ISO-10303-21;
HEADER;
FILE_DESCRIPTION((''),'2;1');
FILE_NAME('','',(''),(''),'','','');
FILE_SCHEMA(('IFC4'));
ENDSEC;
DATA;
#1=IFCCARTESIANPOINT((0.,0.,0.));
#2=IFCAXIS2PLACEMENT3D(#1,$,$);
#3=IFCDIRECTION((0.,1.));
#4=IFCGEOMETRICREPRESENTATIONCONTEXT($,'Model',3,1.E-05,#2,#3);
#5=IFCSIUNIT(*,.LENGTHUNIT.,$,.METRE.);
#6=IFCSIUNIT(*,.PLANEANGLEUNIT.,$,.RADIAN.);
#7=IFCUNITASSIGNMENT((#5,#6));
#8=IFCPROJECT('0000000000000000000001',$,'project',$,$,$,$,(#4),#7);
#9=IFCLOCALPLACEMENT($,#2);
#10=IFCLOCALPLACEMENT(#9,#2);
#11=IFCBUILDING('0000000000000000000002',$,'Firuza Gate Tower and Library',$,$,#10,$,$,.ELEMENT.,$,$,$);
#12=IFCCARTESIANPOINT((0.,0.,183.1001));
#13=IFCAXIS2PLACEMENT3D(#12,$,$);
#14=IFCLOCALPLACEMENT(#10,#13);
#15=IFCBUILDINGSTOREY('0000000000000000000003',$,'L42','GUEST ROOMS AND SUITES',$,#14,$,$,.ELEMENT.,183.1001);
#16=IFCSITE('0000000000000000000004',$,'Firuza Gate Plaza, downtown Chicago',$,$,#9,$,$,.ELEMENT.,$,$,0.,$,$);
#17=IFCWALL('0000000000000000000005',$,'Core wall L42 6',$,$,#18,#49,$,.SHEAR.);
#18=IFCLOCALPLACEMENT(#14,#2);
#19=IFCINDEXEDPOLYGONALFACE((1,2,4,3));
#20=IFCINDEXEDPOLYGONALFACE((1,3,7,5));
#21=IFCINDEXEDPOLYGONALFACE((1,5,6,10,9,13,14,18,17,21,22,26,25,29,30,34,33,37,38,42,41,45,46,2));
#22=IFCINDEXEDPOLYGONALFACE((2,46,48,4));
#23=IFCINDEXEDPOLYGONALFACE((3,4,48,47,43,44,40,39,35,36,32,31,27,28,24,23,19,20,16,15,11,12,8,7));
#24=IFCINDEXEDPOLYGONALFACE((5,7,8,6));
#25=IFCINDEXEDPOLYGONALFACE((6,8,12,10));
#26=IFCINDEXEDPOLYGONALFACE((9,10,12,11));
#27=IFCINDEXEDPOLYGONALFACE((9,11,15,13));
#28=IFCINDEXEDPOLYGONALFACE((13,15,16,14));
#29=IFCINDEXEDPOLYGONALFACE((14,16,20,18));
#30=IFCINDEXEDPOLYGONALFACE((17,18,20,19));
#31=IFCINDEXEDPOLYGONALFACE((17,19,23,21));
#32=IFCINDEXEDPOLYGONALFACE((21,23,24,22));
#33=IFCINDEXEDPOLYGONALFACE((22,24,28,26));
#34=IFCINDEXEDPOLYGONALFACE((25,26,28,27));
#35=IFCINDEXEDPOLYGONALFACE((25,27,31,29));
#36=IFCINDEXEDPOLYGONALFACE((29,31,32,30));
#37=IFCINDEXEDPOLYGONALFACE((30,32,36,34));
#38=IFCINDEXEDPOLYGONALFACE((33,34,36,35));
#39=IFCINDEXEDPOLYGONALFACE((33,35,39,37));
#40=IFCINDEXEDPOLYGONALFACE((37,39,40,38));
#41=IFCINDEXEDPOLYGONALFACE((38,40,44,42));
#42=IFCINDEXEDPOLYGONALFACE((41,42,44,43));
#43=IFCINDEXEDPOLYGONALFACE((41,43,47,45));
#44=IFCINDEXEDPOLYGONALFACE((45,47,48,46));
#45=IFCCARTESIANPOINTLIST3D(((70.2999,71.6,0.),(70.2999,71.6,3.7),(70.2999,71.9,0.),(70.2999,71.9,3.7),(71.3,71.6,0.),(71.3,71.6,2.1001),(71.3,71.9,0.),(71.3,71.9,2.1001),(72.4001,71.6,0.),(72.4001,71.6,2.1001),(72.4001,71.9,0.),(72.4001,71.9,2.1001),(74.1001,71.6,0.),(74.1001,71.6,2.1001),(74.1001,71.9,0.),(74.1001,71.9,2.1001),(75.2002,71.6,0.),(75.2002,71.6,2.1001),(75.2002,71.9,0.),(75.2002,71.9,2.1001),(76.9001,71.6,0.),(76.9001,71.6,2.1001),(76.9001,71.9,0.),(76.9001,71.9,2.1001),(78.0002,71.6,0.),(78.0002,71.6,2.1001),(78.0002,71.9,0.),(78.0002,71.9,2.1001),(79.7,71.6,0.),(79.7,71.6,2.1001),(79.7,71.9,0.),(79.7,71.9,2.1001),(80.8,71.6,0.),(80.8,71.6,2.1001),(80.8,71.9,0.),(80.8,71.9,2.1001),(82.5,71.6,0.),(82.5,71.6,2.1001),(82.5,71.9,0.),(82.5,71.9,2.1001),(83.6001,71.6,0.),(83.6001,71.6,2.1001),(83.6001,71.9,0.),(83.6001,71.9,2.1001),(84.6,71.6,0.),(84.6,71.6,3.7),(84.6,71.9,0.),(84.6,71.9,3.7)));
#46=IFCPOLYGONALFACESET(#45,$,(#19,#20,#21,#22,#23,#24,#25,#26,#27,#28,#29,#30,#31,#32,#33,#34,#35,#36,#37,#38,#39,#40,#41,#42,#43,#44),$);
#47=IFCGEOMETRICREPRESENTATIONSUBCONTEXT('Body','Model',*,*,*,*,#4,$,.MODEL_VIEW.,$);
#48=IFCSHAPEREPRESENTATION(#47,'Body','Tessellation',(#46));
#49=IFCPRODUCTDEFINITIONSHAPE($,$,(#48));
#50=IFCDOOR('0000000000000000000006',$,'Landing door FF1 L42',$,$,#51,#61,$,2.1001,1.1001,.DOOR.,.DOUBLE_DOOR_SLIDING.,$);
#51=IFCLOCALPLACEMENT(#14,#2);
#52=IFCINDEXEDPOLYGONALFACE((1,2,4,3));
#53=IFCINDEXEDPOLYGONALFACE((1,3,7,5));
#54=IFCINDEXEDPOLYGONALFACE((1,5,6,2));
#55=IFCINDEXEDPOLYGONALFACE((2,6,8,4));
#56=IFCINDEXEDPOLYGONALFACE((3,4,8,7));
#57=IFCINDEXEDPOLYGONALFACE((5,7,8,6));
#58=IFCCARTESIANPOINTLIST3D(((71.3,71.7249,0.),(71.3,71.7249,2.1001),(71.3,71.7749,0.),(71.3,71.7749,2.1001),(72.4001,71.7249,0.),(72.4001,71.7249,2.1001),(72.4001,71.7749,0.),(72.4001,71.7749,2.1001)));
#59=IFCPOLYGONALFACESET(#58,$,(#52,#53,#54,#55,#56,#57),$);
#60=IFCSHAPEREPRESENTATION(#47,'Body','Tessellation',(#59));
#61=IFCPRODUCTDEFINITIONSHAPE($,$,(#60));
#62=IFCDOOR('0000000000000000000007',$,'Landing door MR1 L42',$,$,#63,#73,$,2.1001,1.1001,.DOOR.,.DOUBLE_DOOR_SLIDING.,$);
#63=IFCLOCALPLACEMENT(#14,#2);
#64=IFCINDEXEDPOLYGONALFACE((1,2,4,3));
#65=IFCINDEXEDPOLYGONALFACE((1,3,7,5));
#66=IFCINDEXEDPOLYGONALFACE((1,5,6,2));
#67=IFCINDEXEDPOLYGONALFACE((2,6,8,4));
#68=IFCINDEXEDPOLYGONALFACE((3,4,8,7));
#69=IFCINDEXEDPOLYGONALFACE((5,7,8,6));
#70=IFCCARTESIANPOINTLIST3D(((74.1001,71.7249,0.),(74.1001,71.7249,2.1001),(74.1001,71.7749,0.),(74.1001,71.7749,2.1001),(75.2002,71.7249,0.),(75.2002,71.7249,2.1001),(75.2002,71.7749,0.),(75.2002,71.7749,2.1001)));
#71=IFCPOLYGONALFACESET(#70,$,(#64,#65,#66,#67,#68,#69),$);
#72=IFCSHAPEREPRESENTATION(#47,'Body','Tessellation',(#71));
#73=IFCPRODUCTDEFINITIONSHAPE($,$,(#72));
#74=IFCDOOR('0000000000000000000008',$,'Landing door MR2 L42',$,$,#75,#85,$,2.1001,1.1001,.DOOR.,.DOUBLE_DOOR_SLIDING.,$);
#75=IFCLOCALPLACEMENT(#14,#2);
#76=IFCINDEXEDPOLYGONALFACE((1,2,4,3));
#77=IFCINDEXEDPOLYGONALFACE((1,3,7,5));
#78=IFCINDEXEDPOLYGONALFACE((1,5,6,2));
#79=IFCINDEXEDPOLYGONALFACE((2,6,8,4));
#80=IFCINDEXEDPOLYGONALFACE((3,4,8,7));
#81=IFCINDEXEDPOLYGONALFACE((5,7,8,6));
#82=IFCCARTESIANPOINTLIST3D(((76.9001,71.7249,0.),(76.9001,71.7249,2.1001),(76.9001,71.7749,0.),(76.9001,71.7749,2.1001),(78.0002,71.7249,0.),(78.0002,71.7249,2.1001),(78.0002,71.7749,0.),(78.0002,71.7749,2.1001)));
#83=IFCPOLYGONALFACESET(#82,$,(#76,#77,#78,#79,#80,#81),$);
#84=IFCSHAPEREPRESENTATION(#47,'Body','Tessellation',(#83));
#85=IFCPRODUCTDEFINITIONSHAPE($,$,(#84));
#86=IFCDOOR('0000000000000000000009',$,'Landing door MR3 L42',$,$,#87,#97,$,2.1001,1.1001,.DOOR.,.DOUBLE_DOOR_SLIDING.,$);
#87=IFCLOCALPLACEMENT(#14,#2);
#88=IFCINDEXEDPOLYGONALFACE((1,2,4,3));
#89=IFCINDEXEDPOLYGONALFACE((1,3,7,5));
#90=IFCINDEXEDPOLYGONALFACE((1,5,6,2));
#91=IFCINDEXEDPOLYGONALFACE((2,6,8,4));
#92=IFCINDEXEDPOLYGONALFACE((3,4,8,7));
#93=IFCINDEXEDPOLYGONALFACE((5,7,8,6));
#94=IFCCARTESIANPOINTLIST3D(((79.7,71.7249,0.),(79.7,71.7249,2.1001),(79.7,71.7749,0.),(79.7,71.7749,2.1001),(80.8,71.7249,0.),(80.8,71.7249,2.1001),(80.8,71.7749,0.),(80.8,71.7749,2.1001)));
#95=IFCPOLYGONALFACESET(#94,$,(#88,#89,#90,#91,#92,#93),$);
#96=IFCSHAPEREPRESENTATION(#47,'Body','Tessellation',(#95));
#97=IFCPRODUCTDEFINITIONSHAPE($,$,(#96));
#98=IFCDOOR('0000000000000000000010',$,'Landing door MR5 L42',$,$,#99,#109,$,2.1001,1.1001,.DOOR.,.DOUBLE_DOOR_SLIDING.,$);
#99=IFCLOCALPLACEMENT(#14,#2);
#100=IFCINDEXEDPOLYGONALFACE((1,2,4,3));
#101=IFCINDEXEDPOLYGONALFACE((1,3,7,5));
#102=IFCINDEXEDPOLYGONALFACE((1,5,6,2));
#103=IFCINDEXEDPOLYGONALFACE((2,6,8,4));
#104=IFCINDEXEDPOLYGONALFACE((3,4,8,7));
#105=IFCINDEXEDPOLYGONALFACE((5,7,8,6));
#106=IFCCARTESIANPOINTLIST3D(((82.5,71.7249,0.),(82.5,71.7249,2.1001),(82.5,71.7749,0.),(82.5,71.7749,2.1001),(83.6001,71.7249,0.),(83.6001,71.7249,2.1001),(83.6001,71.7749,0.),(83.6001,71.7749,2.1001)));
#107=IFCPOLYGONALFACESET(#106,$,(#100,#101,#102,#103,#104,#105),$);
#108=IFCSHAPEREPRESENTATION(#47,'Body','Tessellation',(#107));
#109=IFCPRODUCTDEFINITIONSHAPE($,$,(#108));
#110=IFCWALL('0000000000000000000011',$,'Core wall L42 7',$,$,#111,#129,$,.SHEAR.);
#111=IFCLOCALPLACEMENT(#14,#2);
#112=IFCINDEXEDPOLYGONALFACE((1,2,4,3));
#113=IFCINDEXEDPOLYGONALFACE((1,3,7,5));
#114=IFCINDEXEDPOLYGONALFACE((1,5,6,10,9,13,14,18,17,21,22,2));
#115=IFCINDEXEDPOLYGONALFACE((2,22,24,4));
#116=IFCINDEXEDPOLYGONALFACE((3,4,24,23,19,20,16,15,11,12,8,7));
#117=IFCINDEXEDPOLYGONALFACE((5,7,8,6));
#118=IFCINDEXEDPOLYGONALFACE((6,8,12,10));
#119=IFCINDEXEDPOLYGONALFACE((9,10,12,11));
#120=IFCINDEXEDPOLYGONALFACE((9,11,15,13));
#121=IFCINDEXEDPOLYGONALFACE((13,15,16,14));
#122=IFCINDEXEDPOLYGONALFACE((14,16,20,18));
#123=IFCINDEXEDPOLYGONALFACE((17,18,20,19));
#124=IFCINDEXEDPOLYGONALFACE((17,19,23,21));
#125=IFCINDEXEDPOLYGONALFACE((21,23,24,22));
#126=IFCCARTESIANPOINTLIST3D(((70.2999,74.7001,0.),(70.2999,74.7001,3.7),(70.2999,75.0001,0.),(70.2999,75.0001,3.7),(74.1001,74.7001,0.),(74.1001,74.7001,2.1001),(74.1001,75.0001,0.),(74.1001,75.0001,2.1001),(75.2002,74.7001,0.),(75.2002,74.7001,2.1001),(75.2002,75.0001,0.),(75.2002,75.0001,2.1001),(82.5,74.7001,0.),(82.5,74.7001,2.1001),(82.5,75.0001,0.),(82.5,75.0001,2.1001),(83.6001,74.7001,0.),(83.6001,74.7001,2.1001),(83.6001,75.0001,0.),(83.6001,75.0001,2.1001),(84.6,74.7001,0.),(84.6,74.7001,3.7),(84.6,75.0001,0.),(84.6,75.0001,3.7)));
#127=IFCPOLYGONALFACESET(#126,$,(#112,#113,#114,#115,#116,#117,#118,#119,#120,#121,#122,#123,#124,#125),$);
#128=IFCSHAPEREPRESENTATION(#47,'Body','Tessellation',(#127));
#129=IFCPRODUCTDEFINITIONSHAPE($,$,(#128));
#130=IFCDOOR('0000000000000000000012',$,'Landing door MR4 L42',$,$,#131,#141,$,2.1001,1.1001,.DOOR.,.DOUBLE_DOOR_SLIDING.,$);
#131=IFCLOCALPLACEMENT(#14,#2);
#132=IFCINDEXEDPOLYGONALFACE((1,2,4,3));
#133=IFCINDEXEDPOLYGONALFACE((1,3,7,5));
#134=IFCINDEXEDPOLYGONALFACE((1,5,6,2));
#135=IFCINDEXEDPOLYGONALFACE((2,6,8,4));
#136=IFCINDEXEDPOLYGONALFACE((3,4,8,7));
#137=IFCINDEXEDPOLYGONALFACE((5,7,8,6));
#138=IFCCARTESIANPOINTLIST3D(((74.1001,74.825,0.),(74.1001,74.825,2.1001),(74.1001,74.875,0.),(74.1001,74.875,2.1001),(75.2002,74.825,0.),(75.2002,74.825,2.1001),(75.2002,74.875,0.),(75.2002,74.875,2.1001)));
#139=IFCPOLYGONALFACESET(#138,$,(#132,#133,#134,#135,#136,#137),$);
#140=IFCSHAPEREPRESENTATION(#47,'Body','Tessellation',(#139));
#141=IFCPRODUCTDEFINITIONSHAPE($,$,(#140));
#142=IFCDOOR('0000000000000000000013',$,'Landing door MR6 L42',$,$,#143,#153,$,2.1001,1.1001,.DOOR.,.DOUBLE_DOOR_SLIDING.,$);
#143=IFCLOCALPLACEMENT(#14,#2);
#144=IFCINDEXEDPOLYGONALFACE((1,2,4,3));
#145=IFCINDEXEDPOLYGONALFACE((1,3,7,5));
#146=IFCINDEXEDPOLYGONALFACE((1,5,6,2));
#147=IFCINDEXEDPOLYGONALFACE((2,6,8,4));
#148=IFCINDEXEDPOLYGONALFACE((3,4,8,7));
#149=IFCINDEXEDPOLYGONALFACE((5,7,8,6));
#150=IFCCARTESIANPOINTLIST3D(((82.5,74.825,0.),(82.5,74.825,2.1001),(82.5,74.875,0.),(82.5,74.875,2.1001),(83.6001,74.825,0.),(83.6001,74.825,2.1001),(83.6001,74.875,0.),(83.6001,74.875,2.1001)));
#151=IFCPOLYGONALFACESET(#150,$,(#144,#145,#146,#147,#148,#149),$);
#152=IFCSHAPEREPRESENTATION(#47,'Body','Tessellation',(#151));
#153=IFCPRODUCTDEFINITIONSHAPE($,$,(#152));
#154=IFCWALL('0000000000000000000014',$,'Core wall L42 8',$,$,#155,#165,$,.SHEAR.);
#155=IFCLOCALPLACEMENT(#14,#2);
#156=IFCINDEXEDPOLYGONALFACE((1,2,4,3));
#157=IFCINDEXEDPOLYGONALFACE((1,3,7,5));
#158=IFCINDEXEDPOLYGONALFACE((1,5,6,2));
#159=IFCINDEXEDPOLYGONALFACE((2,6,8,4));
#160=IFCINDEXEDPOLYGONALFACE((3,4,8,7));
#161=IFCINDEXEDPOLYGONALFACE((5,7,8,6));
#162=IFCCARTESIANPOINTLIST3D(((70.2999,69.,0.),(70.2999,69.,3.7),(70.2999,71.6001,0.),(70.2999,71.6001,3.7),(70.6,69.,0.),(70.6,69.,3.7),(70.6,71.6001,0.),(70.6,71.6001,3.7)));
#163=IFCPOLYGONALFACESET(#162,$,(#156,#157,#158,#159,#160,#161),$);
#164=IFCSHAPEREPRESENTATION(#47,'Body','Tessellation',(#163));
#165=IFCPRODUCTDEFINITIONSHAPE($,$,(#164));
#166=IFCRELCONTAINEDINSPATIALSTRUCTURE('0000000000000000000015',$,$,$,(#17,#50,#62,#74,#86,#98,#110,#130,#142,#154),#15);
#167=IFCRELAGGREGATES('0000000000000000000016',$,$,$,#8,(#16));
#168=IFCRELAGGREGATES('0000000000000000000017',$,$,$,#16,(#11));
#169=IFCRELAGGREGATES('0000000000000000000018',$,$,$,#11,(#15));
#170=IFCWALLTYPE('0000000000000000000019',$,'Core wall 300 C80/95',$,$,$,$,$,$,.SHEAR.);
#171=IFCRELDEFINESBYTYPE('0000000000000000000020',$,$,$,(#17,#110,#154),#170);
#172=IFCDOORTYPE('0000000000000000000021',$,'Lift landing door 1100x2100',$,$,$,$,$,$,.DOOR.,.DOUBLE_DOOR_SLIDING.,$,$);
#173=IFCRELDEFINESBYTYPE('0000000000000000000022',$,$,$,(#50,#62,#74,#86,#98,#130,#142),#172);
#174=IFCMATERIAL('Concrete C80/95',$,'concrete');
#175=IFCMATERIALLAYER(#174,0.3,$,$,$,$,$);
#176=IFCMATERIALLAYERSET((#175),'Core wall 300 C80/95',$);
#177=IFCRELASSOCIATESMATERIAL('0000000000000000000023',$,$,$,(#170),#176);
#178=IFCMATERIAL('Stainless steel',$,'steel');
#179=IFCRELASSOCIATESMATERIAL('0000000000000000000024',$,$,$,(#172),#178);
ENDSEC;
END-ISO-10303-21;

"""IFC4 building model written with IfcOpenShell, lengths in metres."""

from ifc_helpers import new_model, si_unit, direction, frame, frame_2d, origin, place, context, subcontext, project, spatial, rectangle, extrude, material, layer, layer_set, type_object, element, fill, save


model = new_model("IFC4")

# Units and contexts
model_context = context("Model", 3, precision=1e-05, world=origin(), true_north=direction((0.0, 1.0)))
body_context = subcontext(model_context, "Body", "Model", "MODEL_VIEW")
ifc_project = project(units=[si_unit("LENGTHUNIT", "METRE"), si_unit("PLANEANGLEUNIT", "RADIAN")], contexts=[model_context])

# Site, building, storey
site_placement = place(None, origin())
site = spatial("IfcSite", under=ifc_project, at=site_placement, Name="Firuza Gate Plaza, downtown Chicago", CompositionType="ELEMENT", RefElevation=0.0)
building_placement = place(site_placement, origin())
building = spatial("IfcBuilding", under=site, at=building_placement, Name="Firuza Gate Tower and Library", CompositionType="ELEMENT")
storey_placement = place(building_placement, frame((0.0, 0.0, 183.1001)))
storey = spatial("IfcBuildingStorey", under=building, at=storey_placement, Name="L42", Description="GUEST ROOMS AND SUITES", CompositionType="ELEMENT", Elevation=183.1001)

# Shared definitions
ifc_material_1 = material(Name="Concrete C80/95", Category="concrete")
ifc_layer_1 = layer(ifc_material_1, 0.3)
ifc_layer_set_1 = layer_set([ifc_layer_1], Name="Core wall 300 C80/95")
wall_type_1 = type_object("IfcWallType", Name="Core wall 300 C80/95", PredefinedType="SHEAR", material=ifc_layer_set_1)

# Walls, openings, doors
wall_1_placement = place(storey_placement, frame((70.3, 71.75, 0.0), z_axis=(0.0, 0.0, 1.0), x_axis=(1.0, 0.0, 0.0)))
wall_1 = element("IfcWall", 1, at=wall_1_placement, inside=storey, type_object=wall_type_1, Name="Core wall L42 6", PredefinedType="SHEAR", context=body_context, shape_type="SweptSolid", body=[
    extrude(rectangle(XDim=14.3, YDim=0.3, at=frame_2d((7.1499, 0.0))), origin(), (0.0, 0.0, 1.0), 3.7),
])
opening_1_placement = place(wall_1_placement, frame((1.0, 0.0, 0.0)))
opening_1 = element("IfcOpeningElement", 2, at=opening_1_placement, cuts=wall_1, PredefinedType="OPENING", context=body_context, shape_type="SweptSolid", body=[
    extrude(rectangle(XDim=1.1001, YDim=2.1001, at=frame_2d((0.55, 1.05))), frame((0.0, 0.1602, 0.0), z_axis=(0.0, -1.0, 0.0), x_axis=(1.0, 0.0, 0.0)), (0.0, 0.0, 1.0), 0.3201),
])
opening_2_placement = place(wall_1_placement, frame((3.8, 0.0, 0.0)))
opening_2 = element("IfcOpeningElement", 3, at=opening_2_placement, cuts=wall_1, PredefinedType="OPENING", context=body_context, shape_type="SweptSolid", body=[
    extrude(rectangle(XDim=1.1001, YDim=2.1001, at=frame_2d((0.55, 1.05))), frame((0.0, 0.1602, 0.0), z_axis=(0.0, -1.0, 0.0), x_axis=(1.0, 0.0, 0.0)), (0.0, 0.0, 1.0), 0.3201),
])
opening_3_placement = place(wall_1_placement, frame((6.6001, 0.0, 0.0)))
opening_3 = element("IfcOpeningElement", 4, at=opening_3_placement, cuts=wall_1, PredefinedType="OPENING", context=body_context, shape_type="SweptSolid", body=[
    extrude(rectangle(XDim=1.1001, YDim=2.1001, at=frame_2d((0.55, 1.05))), frame((0.0, 0.1602, 0.0), z_axis=(0.0, -1.0, 0.0), x_axis=(1.0, 0.0, 0.0)), (0.0, 0.0, 1.0), 0.3201),
])
opening_4_placement = place(wall_1_placement, frame((9.3999, 0.0, 0.0)))
opening_4 = element("IfcOpeningElement", 5, at=opening_4_placement, cuts=wall_1, PredefinedType="OPENING", context=body_context, shape_type="SweptSolid", body=[
    extrude(rectangle(XDim=1.1001, YDim=2.1001, at=frame_2d((0.55, 1.05))), frame((0.0, 0.1602, 0.0), z_axis=(0.0, -1.0, 0.0), x_axis=(1.0, 0.0, 0.0)), (0.0, 0.0, 1.0), 0.3201),
])
opening_5_placement = place(wall_1_placement, frame((12.2, 0.0, 0.0)))
opening_5 = element("IfcOpeningElement", 6, at=opening_5_placement, cuts=wall_1, PredefinedType="OPENING", context=body_context, shape_type="SweptSolid", body=[
    extrude(rectangle(XDim=1.1001, YDim=2.1001, at=frame_2d((0.55, 1.05))), frame((0.0, 0.1602, 0.0), z_axis=(0.0, -1.0, 0.0), x_axis=(1.0, 0.0, 0.0)), (0.0, 0.0, 1.0), 0.3201),
])
ifc_material_2 = material(Name="Stainless steel", Category="steel")
door_type_1 = type_object("IfcDoorType", Name="Lift landing door 1100x2100", OperationType="DOUBLE_DOOR_SLIDING", PredefinedType="DOOR", material=ifc_material_2)
door_1_placement = place(opening_1_placement, origin())
door_1 = element("IfcDoor", 7, at=door_1_placement, inside=storey, type_object=door_type_1, Name="Landing door FF1 L42", OperationType="DOUBLE_DOOR_SLIDING", OverallHeight=2.1001, OverallWidth=1.1001, PredefinedType="DOOR", context=body_context, shape_type="SweptSolid", body=[
    extrude(rectangle(XDim=1.1001, YDim=2.1001, at=frame_2d((0.55, 1.05))), frame((0.0, 0.0249, 0.0), z_axis=(0.0, -1.0, 0.0), x_axis=(1.0, 0.0, 0.0)), (0.0, 0.0, 1.0), 0.05),
])
fill(opening_1, door_1)
door_2_placement = place(opening_2_placement, origin())
door_2 = element("IfcDoor", 8, at=door_2_placement, inside=storey, type_object=door_type_1, Name="Landing door MR1 L42", OperationType="DOUBLE_DOOR_SLIDING", OverallHeight=2.1001, OverallWidth=1.1001, PredefinedType="DOOR", context=body_context, shape_type="SweptSolid", body=[
    extrude(rectangle(XDim=1.1001, YDim=2.1001, at=frame_2d((0.55, 1.05))), frame((0.0, 0.0249, 0.0), z_axis=(0.0, -1.0, 0.0), x_axis=(1.0, 0.0, 0.0)), (0.0, 0.0, 1.0), 0.05),
])
fill(opening_2, door_2)
door_3_placement = place(opening_3_placement, origin())
door_3 = element("IfcDoor", 9, at=door_3_placement, inside=storey, type_object=door_type_1, Name="Landing door MR2 L42", OperationType="DOUBLE_DOOR_SLIDING", OverallHeight=2.1001, OverallWidth=1.1001, PredefinedType="DOOR", context=body_context, shape_type="SweptSolid", body=[
    extrude(rectangle(XDim=1.1001, YDim=2.1001, at=frame_2d((0.55, 1.05))), frame((0.0, 0.0249, 0.0), z_axis=(0.0, -1.0, 0.0), x_axis=(1.0, 0.0, 0.0)), (0.0, 0.0, 1.0), 0.05),
])
fill(opening_3, door_3)
door_4_placement = place(opening_4_placement, origin())
door_4 = element("IfcDoor", 10, at=door_4_placement, inside=storey, type_object=door_type_1, Name="Landing door MR3 L42", OperationType="DOUBLE_DOOR_SLIDING", OverallHeight=2.1001, OverallWidth=1.1001, PredefinedType="DOOR", context=body_context, shape_type="SweptSolid", body=[
    extrude(rectangle(XDim=1.1001, YDim=2.1001, at=frame_2d((0.55, 1.05))), frame((0.0, 0.0249, 0.0), z_axis=(0.0, -1.0, 0.0), x_axis=(1.0, 0.0, 0.0)), (0.0, 0.0, 1.0), 0.05),
])
fill(opening_4, door_4)
door_5_placement = place(opening_5_placement, origin())
door_5 = element("IfcDoor", 11, at=door_5_placement, inside=storey, type_object=door_type_1, Name="Landing door MR5 L42", OperationType="DOUBLE_DOOR_SLIDING", OverallHeight=2.1001, OverallWidth=1.1001, PredefinedType="DOOR", context=body_context, shape_type="SweptSolid", body=[
    extrude(rectangle(XDim=1.1001, YDim=2.1001, at=frame_2d((0.55, 1.05))), frame((0.0, 0.0249, 0.0), z_axis=(0.0, -1.0, 0.0), x_axis=(1.0, 0.0, 0.0)), (0.0, 0.0, 1.0), 0.05),
])
fill(opening_5, door_5)
wall_2_placement = place(storey_placement, frame((70.3, 74.8501, 0.0), z_axis=(0.0, 0.0, 1.0), x_axis=(1.0, 0.0, 0.0)))
wall_2 = element("IfcWall", 12, at=wall_2_placement, inside=storey, type_object=wall_type_1, Name="Core wall L42 7", PredefinedType="SHEAR", context=body_context, shape_type="SweptSolid", body=[
    extrude(rectangle(XDim=14.3, YDim=0.3, at=frame_2d((7.1499, 0.0))), origin(), (0.0, 0.0, 1.0), 3.7),
])
opening_6_placement = place(wall_2_placement, frame((3.8, 0.0, 0.0)))
opening_6 = element("IfcOpeningElement", 13, at=opening_6_placement, cuts=wall_2, PredefinedType="OPENING", context=body_context, shape_type="SweptSolid", body=[
    extrude(rectangle(XDim=1.1001, YDim=2.1001, at=frame_2d((0.55, 1.05))), frame((0.0, 0.1602, 0.0), z_axis=(0.0, -1.0, 0.0), x_axis=(1.0, 0.0, 0.0)), (0.0, 0.0, 1.0), 0.3201),
])
opening_7_placement = place(wall_2_placement, frame((12.2, 0.0, 0.0)))
opening_7 = element("IfcOpeningElement", 14, at=opening_7_placement, cuts=wall_2, PredefinedType="OPENING", context=body_context, shape_type="SweptSolid", body=[
    extrude(rectangle(XDim=1.1001, YDim=2.1001, at=frame_2d((0.55, 1.05))), frame((0.0, 0.1602, 0.0), z_axis=(0.0, -1.0, 0.0), x_axis=(1.0, 0.0, 0.0)), (0.0, 0.0, 1.0), 0.3201),
])
door_6_placement = place(opening_6_placement, origin())
door_6 = element("IfcDoor", 15, at=door_6_placement, inside=storey, type_object=door_type_1, Name="Landing door MR4 L42", OperationType="DOUBLE_DOOR_SLIDING", OverallHeight=2.1001, OverallWidth=1.1001, PredefinedType="DOOR", context=body_context, shape_type="SweptSolid", body=[
    extrude(rectangle(XDim=1.1001, YDim=2.1001, at=frame_2d((0.55, 1.05))), frame((0.0, 0.0249, 0.0), z_axis=(0.0, -1.0, 0.0), x_axis=(1.0, 0.0, 0.0)), (0.0, 0.0, 1.0), 0.05),
])
fill(opening_6, door_6)
door_7_placement = place(opening_7_placement, origin())
door_7 = element("IfcDoor", 16, at=door_7_placement, inside=storey, type_object=door_type_1, Name="Landing door MR6 L42", OperationType="DOUBLE_DOOR_SLIDING", OverallHeight=2.1001, OverallWidth=1.1001, PredefinedType="DOOR", context=body_context, shape_type="SweptSolid", body=[
    extrude(rectangle(XDim=1.1001, YDim=2.1001, at=frame_2d((0.55, 1.05))), frame((0.0, 0.0249, 0.0), z_axis=(0.0, -1.0, 0.0), x_axis=(1.0, 0.0, 0.0)), (0.0, 0.0, 1.0), 0.05),
])
fill(opening_7, door_7)

# Wall
wall_3_placement = place(storey_placement, frame((70.45, 69.0, 0.0), z_axis=(0.0, 0.0, 1.0), x_axis=(0.0, 1.0, 0.0)))
element("IfcWall", 17, at=wall_3_placement, inside=storey, type_object=wall_type_1, Name="Core wall L42 8", PredefinedType="SHEAR", context=body_context, shape_type="SweptSolid", body=[
    extrude(rectangle(XDim=2.6001, YDim=0.3, at=frame_2d((1.3, 0.0))), origin(), (0.0, 0.0, 1.0), 3.7),
])

save(model, "model.ifc")
